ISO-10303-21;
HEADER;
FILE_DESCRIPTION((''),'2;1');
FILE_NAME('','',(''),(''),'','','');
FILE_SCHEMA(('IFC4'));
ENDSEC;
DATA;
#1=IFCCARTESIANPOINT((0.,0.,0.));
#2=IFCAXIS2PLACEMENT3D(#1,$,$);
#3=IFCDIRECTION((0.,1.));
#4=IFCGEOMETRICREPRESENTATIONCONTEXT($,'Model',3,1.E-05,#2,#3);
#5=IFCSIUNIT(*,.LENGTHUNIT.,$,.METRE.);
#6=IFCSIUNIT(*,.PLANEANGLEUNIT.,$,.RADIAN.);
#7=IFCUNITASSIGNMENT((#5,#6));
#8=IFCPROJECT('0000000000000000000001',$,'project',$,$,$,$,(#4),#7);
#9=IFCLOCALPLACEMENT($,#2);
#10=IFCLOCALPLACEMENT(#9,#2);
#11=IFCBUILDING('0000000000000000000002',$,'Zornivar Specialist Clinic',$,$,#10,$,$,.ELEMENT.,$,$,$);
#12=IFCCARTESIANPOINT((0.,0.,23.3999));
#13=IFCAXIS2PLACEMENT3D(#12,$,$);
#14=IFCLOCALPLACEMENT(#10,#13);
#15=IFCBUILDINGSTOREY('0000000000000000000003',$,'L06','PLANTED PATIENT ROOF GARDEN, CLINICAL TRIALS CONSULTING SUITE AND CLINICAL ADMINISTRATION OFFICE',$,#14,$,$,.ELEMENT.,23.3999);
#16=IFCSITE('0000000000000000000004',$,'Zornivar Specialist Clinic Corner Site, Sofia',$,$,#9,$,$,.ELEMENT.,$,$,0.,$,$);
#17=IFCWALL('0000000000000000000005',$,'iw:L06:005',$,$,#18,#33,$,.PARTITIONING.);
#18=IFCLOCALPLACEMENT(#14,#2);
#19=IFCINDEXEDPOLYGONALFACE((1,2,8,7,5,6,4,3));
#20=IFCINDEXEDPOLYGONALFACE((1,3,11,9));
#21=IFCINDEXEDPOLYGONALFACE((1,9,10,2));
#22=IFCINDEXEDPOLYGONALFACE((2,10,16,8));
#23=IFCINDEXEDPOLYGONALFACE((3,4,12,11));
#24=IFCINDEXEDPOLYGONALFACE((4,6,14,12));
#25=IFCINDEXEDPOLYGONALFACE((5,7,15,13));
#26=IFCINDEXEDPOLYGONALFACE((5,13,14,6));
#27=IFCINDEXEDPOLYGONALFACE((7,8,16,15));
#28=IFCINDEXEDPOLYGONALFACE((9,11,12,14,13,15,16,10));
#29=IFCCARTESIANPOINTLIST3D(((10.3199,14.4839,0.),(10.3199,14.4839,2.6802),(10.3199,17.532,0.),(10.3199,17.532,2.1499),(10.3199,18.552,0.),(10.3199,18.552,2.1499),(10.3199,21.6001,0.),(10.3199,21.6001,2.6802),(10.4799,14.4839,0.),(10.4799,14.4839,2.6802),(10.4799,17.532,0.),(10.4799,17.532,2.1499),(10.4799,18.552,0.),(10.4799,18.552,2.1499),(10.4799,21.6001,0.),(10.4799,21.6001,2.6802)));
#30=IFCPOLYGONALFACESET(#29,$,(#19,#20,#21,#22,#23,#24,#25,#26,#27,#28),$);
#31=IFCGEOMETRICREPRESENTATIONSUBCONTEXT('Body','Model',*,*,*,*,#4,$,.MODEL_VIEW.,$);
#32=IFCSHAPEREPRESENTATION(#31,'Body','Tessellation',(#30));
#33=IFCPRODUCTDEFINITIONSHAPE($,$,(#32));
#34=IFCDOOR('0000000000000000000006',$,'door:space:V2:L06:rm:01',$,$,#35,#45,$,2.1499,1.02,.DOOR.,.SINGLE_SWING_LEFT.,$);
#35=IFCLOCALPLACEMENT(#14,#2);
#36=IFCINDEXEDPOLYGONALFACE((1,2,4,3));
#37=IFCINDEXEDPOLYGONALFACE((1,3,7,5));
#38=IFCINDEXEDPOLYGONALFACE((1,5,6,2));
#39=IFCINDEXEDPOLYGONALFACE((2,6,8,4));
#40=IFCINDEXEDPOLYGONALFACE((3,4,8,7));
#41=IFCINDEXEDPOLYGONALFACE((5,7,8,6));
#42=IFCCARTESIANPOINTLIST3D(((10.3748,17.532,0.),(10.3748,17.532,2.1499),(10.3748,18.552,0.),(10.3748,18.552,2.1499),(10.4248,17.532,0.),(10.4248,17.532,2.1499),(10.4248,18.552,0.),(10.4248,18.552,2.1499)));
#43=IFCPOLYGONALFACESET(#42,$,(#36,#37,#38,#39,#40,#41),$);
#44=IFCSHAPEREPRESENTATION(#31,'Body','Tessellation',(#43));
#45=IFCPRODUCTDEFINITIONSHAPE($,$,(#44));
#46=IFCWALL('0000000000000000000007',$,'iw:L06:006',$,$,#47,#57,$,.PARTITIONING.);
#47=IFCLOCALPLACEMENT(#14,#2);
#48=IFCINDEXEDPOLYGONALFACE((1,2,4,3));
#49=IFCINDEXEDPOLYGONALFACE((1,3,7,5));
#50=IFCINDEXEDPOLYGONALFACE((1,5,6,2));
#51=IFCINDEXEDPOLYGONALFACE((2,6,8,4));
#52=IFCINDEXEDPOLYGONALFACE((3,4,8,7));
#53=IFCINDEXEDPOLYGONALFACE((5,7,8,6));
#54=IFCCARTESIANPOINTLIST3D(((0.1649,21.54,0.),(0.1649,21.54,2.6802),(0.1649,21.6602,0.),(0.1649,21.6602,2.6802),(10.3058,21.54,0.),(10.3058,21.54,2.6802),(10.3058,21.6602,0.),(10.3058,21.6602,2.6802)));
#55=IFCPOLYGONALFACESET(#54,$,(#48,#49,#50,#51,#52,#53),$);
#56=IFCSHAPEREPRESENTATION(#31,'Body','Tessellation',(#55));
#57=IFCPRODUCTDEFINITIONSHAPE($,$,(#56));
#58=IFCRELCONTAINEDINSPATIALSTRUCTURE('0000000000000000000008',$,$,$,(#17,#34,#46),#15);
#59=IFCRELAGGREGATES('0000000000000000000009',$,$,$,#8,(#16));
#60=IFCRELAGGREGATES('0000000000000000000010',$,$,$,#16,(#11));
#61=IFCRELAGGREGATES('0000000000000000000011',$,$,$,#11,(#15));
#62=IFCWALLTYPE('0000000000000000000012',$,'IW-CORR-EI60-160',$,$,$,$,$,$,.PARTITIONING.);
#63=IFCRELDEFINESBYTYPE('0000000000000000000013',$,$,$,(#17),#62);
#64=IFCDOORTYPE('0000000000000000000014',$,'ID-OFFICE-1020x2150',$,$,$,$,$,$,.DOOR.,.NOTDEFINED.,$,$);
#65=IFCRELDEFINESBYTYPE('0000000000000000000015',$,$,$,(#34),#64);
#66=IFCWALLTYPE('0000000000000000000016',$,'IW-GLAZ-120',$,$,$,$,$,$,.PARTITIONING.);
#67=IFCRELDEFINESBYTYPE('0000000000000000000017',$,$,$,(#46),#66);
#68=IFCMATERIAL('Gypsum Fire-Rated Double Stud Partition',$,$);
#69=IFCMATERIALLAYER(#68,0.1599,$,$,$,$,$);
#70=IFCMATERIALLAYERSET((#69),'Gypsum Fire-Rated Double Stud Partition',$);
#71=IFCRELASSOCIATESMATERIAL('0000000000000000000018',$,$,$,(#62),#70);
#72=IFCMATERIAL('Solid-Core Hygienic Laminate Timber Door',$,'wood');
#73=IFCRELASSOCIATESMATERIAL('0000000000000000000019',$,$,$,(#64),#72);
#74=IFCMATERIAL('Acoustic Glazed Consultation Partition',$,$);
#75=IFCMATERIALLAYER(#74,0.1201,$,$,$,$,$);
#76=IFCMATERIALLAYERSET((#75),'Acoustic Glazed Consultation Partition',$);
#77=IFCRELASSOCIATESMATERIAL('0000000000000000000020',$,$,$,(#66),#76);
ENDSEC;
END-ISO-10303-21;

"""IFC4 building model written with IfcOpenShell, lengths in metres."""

from ifc_helpers import new_model, si_unit, direction, frame, frame_2d, origin, place, context, subcontext, project, spatial, rectangle, extrude, material, layer, layer_set, type_object, element, fill, save


model = new_model("IFC4")

# Units and contexts
model_context = context("Model", 3, precision=1e-05, world=origin(), true_north=direction((0.0, 1.0)))
body_context = subcontext(model_context, "Body", "Model", "MODEL_VIEW")
ifc_project = project(units=[si_unit("LENGTHUNIT", "METRE"), si_unit("PLANEANGLEUNIT", "RADIAN")], contexts=[model_context])

# Site, building, storey
site_placement = place(None, origin())
site = spatial("IfcSite", under=ifc_project, at=site_placement, Name="Zornivar Specialist Clinic Corner Site, Sofia", CompositionType="ELEMENT", RefElevation=0.0)
building_placement = place(site_placement, origin())
building = spatial("IfcBuilding", under=site, at=building_placement, Name="Zornivar Specialist Clinic", CompositionType="ELEMENT")
storey_placement = place(building_placement, frame((0.0, 0.0, 23.3999)))
storey = spatial("IfcBuildingStorey", under=building, at=storey_placement, Name="L06", Description="PLANTED PATIENT ROOF GARDEN, CLINICAL TRIALS CONSULTING SUITE AND CLINICAL ADMINISTRATION OFFICE", CompositionType="ELEMENT", Elevation=23.3999)

# Wall, opening, door
ifc_material_1 = material(Name="Gypsum Fire-Rated Double Stud Partition")
ifc_layer_1 = layer(ifc_material_1, 0.1599)
ifc_layer_set_1 = layer_set([ifc_layer_1], Name="Gypsum Fire-Rated Double Stud Partition")
wall_type_1 = type_object("IfcWallType", Name="IW-CORR-EI60-160", PredefinedType="PARTITIONING", material=ifc_layer_set_1)
wall_1_placement = place(storey_placement, frame((10.3999, 21.6001, 0.0), z_axis=(0.0, 0.0, 1.0), x_axis=(0.0, -1.0, 0.0)))
wall_1 = element("IfcWall", 1, at=wall_1_placement, inside=storey, type_object=wall_type_1, Name="iw:L06:005", PredefinedType="PARTITIONING", context=body_context, shape_type="SweptSolid", body=[
    extrude(rectangle(XDim=7.1162, YDim=0.1599, at=frame_2d((3.5581, 0.0))), origin(), (0.0, 0.0, 1.0), 2.6802),
])
opening_1_placement = place(wall_1_placement, frame((3.0481, 0.0, 0.0)))
opening_1 = element("IfcOpeningElement", 2, at=opening_1_placement, cuts=wall_1, PredefinedType="OPENING", context=body_context, shape_type="SweptSolid", body=[
    extrude(rectangle(XDim=1.02, YDim=2.1499, at=frame_2d((0.51, 1.075))), frame((0.0, 0.0898, 0.0), z_axis=(0.0, -1.0, 0.0), x_axis=(1.0, 0.0, 0.0)), (0.0, 0.0, 1.0), 0.1799),
])
ifc_material_2 = material(Name="Solid-Core Hygienic Laminate Timber Door", Category="wood")
door_type_1 = type_object("IfcDoorType", Name="ID-OFFICE-1020x2150", OperationType="NOTDEFINED", PredefinedType="DOOR", material=ifc_material_2)
door_1_placement = place(opening_1_placement, origin())
door_1 = element("IfcDoor", 3, at=door_1_placement, inside=storey, type_object=door_type_1, Name="door:space:V2:L06:rm:01", OperationType="SINGLE_SWING_LEFT", OverallHeight=2.1499, OverallWidth=1.02, PredefinedType="DOOR", context=body_context, shape_type="SweptSolid", body=[
    extrude(rectangle(XDim=1.02, YDim=2.1499, at=frame_2d((0.51, 1.075))), frame((0.0, 0.0249, 0.0), z_axis=(0.0, -1.0, 0.0), x_axis=(1.0, 0.0, 0.0)), (0.0, 0.0, 1.0), 0.05),
])
fill(opening_1, door_1)

# Wall
ifc_material_3 = material(Name="Acoustic Glazed Consultation Partition")
ifc_layer_2 = layer(ifc_material_3, 0.1201)
ifc_layer_set_2 = layer_set([ifc_layer_2], Name="Acoustic Glazed Consultation Partition")
wall_type_2 = type_object("IfcWallType", Name="IW-GLAZ-120", PredefinedType="PARTITIONING", material=ifc_layer_set_2)
wall_2_placement = place(storey_placement, frame((0.165, 21.6001, 0.0), z_axis=(0.0, 0.0, 1.0), x_axis=(1.0, 0.0, 0.0)))
element("IfcWall", 4, at=wall_2_placement, inside=storey, type_object=wall_type_2, Name="iw:L06:006", PredefinedType="PARTITIONING", context=body_context, shape_type="SweptSolid", body=[
    extrude(rectangle(XDim=10.1409, YDim=0.1201, at=frame_2d((5.0703, 0.0))), origin(), (0.0, 0.0, 1.0), 2.6802),
])

save(model, "model.ifc")
